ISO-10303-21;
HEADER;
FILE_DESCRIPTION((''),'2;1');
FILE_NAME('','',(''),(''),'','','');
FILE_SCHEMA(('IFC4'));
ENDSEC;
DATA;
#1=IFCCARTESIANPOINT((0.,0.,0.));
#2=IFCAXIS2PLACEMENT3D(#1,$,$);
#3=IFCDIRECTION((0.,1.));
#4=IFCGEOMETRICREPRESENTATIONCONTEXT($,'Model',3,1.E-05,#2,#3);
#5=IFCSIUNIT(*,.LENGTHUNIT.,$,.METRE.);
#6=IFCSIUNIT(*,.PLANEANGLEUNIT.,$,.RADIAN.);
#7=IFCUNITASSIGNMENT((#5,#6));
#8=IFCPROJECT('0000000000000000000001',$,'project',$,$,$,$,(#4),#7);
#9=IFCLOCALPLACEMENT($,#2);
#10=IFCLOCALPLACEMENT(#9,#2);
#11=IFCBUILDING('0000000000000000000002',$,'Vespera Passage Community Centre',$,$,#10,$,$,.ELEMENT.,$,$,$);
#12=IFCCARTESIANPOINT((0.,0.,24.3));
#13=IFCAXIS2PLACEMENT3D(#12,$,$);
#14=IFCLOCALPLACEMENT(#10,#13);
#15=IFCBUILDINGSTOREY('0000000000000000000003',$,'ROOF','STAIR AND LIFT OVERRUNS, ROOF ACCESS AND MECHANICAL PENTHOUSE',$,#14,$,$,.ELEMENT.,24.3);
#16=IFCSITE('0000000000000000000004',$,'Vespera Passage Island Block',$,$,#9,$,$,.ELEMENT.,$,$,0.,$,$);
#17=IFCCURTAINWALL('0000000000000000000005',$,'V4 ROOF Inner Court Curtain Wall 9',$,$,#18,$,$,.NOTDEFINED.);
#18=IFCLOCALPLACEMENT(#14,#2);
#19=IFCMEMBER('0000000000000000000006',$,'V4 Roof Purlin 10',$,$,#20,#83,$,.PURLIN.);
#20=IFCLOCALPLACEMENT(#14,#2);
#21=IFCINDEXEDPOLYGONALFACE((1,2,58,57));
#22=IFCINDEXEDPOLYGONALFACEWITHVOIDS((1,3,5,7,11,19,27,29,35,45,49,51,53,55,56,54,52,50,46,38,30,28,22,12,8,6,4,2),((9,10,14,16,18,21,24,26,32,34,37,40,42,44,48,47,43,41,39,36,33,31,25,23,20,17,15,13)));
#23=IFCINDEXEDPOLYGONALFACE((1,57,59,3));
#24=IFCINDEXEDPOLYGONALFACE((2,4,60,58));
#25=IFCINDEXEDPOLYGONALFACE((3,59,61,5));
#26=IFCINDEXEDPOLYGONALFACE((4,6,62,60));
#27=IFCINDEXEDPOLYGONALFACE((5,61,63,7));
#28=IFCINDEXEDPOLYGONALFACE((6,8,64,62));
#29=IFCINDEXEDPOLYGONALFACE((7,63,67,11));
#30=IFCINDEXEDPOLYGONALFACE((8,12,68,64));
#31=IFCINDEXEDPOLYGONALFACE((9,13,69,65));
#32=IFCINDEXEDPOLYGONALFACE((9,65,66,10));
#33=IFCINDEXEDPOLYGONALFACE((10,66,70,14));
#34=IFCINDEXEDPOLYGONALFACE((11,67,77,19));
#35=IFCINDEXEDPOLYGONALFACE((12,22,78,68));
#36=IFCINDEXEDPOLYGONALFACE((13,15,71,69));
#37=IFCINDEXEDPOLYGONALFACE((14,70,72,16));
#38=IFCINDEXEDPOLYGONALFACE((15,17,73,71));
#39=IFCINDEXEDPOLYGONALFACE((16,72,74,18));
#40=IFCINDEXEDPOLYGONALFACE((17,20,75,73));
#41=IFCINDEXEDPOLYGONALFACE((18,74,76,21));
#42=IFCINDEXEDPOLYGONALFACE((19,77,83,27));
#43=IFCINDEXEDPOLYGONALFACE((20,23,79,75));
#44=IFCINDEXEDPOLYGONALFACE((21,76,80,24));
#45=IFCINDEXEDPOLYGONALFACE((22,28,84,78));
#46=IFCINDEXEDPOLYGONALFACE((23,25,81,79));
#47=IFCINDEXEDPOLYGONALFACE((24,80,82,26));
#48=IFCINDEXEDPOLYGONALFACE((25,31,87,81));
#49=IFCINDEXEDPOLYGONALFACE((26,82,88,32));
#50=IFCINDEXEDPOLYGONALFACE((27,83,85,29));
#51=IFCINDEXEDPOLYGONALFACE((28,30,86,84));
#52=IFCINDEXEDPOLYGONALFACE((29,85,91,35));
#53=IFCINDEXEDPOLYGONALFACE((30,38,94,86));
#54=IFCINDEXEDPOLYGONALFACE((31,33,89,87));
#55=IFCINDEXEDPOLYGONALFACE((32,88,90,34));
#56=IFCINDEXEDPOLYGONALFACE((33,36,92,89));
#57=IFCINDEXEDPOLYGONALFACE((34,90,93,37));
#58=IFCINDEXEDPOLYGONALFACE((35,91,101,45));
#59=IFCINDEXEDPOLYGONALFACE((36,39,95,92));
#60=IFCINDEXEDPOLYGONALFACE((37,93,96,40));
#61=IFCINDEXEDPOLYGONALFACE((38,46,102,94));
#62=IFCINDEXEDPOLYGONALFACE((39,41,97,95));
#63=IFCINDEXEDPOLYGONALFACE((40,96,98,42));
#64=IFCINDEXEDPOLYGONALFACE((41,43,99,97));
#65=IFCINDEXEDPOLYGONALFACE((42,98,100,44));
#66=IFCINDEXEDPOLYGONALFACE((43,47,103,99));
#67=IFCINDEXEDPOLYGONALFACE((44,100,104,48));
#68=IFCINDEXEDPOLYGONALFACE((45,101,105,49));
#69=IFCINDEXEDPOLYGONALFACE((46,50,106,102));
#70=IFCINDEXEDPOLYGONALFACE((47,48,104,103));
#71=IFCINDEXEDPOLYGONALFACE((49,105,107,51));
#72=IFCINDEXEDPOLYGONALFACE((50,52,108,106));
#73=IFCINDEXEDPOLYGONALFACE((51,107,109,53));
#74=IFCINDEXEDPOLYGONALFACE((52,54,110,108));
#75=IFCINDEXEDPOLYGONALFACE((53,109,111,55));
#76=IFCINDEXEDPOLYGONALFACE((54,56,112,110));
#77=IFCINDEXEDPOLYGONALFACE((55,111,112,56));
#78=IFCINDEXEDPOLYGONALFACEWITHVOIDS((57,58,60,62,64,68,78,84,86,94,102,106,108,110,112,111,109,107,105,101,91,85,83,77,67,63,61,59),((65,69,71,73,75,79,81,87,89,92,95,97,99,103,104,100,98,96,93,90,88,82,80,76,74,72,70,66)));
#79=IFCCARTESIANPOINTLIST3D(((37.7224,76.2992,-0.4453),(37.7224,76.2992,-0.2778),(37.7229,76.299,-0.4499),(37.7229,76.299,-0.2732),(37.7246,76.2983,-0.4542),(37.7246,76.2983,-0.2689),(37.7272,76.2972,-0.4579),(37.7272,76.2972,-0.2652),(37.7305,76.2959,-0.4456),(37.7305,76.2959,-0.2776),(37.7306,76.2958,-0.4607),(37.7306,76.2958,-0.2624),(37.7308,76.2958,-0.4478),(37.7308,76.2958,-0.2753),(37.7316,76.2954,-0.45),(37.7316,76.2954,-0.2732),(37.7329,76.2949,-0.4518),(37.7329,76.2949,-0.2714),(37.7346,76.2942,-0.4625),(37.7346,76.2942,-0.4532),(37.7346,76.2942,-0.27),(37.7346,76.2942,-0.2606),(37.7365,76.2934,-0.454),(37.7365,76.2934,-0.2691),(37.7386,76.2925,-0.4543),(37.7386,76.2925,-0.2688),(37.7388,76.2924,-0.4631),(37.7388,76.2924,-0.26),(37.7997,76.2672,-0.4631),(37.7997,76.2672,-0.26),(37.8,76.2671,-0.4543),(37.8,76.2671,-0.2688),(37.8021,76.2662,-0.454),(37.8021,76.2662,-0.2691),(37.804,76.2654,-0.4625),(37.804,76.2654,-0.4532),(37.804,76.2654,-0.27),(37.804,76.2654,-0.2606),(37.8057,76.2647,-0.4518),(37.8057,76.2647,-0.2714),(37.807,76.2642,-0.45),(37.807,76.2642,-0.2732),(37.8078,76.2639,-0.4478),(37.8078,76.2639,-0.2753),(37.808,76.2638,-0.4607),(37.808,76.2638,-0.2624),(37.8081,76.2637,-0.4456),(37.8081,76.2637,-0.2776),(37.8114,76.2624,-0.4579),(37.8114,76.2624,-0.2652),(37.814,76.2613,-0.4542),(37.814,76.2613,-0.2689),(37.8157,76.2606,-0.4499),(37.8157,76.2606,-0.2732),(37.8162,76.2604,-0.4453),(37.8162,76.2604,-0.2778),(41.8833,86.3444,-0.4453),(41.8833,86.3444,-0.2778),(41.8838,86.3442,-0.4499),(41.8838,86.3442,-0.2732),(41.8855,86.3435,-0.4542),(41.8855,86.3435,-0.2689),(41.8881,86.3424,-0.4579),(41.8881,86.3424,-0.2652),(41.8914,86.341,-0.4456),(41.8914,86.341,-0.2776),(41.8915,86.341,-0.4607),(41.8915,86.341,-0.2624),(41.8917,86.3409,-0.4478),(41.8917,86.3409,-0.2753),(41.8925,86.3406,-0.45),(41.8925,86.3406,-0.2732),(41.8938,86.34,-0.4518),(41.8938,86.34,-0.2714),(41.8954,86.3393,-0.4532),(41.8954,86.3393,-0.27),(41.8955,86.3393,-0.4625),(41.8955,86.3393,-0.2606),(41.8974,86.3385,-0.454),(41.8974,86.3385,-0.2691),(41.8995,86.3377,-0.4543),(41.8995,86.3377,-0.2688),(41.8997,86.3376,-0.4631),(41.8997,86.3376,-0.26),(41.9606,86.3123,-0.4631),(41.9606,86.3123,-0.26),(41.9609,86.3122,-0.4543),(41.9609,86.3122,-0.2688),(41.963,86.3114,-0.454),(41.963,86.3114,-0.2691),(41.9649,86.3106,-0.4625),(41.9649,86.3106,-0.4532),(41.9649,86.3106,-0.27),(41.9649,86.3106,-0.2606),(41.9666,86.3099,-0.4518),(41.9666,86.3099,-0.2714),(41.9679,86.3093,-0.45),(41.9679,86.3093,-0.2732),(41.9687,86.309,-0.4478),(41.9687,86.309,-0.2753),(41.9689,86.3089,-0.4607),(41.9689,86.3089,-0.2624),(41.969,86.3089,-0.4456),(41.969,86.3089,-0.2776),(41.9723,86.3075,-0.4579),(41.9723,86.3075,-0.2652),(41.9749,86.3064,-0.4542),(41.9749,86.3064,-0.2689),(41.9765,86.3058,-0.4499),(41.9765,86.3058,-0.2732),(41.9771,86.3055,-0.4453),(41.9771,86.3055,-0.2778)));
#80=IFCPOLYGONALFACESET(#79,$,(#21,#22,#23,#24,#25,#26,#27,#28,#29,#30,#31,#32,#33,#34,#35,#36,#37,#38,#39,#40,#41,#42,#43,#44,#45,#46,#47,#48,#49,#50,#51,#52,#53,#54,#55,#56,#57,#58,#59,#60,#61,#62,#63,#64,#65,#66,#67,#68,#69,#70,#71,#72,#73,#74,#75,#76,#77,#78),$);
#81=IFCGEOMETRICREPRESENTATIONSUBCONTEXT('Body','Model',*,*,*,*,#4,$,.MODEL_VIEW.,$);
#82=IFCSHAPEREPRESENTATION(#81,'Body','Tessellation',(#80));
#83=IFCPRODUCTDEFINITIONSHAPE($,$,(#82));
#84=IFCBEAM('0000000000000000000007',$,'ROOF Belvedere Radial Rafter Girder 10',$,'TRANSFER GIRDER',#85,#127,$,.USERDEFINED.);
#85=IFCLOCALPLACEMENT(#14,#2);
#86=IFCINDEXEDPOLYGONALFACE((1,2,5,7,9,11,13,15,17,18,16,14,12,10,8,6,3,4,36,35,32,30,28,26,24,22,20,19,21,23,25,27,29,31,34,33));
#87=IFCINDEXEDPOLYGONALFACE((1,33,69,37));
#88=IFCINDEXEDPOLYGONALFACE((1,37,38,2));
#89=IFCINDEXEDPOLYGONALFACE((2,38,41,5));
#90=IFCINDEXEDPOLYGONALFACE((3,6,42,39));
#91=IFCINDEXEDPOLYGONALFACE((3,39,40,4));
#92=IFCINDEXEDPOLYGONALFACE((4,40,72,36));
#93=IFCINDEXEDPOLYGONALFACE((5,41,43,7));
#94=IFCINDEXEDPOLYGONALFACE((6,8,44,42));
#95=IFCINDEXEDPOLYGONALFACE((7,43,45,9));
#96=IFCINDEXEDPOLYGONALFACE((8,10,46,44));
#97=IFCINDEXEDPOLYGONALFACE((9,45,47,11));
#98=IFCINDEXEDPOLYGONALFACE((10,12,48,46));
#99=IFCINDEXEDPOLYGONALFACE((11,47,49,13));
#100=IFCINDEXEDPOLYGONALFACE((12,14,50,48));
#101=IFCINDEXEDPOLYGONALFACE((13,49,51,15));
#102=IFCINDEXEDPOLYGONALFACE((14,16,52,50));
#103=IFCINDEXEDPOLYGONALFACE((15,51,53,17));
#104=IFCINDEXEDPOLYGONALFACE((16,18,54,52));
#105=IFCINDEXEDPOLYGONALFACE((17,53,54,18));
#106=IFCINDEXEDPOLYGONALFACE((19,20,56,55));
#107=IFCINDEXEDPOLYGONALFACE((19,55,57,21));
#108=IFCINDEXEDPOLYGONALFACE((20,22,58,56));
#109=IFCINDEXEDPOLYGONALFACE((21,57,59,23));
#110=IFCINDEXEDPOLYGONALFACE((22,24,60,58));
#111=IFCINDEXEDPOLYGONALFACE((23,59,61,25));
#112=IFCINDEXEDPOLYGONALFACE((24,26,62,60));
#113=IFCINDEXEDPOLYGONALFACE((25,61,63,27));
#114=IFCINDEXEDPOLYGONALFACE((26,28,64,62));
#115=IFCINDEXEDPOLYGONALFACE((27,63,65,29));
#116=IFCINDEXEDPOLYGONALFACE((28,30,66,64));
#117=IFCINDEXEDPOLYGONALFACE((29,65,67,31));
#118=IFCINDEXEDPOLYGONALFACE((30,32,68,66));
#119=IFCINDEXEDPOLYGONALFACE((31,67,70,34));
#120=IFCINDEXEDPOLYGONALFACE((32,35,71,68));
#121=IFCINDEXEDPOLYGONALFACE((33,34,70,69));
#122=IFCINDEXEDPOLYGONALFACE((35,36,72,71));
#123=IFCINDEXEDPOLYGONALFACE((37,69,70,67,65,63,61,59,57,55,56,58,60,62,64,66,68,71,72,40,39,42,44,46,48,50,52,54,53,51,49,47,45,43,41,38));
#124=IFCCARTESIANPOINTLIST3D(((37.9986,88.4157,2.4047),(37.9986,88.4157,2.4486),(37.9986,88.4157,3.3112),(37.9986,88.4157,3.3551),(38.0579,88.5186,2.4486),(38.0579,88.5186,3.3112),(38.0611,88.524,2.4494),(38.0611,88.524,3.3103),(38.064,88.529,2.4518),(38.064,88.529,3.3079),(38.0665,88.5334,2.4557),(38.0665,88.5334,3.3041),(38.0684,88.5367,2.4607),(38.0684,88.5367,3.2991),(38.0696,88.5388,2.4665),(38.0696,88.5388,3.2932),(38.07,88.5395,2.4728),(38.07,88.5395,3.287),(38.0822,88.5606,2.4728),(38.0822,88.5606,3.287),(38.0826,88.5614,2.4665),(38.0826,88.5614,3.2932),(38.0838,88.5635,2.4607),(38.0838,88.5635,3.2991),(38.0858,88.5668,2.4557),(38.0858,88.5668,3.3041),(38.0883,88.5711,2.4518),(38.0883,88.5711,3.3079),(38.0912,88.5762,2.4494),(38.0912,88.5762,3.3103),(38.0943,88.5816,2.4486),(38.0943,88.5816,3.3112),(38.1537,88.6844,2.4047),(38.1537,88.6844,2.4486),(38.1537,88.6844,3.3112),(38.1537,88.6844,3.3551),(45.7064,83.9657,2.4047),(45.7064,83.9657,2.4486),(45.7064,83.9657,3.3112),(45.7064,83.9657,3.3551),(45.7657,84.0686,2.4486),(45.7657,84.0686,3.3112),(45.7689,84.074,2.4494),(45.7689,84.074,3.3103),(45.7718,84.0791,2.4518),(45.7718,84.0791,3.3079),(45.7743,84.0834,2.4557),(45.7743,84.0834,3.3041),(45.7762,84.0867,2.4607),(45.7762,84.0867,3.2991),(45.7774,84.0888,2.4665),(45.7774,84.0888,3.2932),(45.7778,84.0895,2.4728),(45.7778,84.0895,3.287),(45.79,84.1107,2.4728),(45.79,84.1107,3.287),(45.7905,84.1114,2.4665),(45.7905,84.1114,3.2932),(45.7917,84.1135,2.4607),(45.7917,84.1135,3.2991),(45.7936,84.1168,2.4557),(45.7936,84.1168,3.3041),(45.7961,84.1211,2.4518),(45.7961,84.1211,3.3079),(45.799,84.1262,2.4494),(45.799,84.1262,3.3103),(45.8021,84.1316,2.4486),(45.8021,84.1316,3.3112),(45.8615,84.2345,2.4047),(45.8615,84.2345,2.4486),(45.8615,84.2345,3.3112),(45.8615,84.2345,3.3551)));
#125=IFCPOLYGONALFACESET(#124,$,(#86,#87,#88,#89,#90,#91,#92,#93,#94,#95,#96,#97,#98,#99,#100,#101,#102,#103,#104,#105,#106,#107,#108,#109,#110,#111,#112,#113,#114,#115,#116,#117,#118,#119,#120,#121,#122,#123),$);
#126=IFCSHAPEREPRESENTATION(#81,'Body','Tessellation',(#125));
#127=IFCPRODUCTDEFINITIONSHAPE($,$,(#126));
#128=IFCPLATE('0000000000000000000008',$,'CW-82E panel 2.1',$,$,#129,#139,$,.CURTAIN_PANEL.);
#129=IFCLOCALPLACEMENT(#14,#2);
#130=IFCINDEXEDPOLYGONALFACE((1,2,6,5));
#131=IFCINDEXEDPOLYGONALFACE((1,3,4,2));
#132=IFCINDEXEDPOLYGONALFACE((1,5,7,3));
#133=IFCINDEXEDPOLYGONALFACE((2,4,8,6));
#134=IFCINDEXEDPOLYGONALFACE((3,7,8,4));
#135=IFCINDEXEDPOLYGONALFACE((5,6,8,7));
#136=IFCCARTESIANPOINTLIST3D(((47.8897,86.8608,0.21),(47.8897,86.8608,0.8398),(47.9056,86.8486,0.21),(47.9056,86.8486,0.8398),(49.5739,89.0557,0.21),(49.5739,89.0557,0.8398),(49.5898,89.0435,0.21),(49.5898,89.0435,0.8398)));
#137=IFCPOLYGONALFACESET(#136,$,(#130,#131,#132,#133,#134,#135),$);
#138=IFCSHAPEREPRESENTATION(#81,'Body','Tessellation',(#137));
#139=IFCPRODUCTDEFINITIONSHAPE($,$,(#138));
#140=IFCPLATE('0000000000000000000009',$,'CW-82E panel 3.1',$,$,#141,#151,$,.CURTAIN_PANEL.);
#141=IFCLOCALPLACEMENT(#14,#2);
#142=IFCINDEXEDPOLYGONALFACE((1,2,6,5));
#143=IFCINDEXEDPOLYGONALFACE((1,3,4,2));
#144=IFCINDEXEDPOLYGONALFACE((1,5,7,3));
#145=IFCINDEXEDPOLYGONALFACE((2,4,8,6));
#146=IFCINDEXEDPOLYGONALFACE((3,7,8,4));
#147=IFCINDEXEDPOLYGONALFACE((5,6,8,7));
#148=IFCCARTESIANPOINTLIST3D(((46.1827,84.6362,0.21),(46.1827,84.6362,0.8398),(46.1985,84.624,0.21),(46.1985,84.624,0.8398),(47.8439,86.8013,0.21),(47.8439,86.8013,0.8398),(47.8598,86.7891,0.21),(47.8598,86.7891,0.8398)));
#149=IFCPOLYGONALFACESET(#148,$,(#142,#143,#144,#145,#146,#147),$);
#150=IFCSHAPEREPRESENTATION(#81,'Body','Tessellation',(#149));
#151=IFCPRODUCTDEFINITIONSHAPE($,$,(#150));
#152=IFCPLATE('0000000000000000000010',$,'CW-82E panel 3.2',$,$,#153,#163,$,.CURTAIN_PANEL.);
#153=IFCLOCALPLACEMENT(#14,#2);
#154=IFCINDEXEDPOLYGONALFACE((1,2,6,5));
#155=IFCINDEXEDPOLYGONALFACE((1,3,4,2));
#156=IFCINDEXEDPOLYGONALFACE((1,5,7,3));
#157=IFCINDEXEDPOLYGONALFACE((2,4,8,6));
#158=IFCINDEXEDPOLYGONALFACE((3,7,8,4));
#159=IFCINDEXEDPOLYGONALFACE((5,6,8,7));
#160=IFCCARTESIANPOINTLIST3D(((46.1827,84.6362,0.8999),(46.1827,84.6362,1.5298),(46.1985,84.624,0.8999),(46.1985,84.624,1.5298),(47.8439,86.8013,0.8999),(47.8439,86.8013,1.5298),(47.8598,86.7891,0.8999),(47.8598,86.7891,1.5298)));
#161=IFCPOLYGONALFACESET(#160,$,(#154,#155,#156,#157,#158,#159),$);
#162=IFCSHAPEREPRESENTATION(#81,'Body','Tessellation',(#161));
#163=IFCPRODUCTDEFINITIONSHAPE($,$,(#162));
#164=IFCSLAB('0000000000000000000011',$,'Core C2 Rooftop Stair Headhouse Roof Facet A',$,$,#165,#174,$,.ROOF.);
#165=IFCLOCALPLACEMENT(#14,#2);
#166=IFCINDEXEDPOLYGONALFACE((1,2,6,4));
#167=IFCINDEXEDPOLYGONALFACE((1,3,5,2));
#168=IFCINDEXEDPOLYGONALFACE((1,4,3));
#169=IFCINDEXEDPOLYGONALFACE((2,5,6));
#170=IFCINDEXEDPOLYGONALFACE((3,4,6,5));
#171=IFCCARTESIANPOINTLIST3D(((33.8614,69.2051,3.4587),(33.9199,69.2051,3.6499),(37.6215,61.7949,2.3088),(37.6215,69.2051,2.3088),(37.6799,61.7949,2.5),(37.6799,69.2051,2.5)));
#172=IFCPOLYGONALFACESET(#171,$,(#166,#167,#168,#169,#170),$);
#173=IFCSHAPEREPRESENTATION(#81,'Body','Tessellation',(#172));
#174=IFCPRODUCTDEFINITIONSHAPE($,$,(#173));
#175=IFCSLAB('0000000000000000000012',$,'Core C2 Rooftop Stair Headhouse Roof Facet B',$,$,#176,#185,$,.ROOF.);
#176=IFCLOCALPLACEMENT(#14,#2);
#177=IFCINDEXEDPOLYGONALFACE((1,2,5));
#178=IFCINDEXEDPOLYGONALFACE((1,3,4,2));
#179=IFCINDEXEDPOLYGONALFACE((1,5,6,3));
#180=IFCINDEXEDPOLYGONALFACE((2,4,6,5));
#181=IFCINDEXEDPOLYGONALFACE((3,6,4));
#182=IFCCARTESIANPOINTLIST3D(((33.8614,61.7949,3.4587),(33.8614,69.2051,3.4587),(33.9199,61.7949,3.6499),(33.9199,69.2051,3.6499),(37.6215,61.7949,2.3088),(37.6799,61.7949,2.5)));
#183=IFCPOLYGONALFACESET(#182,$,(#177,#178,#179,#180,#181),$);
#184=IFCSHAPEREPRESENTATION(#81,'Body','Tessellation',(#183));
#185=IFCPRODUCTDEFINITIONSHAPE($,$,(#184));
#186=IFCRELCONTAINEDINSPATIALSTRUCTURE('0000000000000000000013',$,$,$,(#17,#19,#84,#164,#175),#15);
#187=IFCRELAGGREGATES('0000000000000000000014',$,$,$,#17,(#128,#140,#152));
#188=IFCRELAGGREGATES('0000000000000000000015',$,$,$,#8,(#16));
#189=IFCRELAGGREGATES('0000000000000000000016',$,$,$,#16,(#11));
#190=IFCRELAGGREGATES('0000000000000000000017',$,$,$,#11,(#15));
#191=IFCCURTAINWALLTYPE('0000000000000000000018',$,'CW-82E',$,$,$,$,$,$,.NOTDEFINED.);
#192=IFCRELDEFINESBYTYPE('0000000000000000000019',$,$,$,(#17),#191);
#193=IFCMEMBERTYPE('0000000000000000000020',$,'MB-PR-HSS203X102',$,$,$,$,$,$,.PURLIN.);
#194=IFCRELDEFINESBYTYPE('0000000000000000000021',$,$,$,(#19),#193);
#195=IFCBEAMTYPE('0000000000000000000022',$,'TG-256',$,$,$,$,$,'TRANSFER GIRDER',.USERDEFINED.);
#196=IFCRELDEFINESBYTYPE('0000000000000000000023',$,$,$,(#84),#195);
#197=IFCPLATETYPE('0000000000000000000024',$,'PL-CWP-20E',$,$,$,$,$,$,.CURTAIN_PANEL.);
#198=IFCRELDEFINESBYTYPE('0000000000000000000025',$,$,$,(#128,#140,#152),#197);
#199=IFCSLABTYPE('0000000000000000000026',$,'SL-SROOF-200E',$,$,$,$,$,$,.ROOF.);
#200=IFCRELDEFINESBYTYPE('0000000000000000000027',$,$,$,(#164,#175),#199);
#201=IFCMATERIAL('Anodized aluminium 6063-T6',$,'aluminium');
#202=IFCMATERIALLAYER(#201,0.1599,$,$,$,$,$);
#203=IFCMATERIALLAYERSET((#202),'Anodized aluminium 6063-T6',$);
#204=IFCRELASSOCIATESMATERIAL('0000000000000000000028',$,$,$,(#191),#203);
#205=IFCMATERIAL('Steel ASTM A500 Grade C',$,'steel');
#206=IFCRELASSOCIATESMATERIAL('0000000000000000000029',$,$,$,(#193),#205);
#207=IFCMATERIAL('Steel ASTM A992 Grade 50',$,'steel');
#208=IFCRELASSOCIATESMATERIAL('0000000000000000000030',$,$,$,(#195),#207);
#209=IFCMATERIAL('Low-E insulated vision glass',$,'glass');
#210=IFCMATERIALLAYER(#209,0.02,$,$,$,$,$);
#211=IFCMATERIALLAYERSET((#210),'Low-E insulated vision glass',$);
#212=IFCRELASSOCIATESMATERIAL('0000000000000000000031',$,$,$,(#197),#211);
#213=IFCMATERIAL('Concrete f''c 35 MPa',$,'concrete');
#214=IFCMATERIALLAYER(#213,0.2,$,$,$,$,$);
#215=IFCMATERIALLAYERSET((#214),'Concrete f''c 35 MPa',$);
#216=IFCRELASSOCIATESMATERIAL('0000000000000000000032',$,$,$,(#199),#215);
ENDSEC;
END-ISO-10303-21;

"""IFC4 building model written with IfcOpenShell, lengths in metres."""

from ifc_helpers import new_model, si_unit, direction, frame, origin, origin_2d, place, context, subcontext, project, spatial, polyline, rectangle, hollow_rectangle, i_section, outline, extrude, material, layer, layer_set, material_profile, profile_set, type_object, element, aggregate, save


model = new_model("IFC4")

# Units and contexts
model_context = context("Model", 3, precision=1e-05, world=origin(), true_north=direction((0.0, 1.0)))
body_context = subcontext(model_context, "Body", "Model", "MODEL_VIEW")
ifc_project = project(units=[si_unit("LENGTHUNIT", "METRE"), si_unit("PLANEANGLEUNIT", "RADIAN")], contexts=[model_context])

# Site, building, storey
site_placement = place(None, origin())
site = spatial("IfcSite", under=ifc_project, at=site_placement, Name="Vespera Passage Island Block", CompositionType="ELEMENT", RefElevation=0.0)
building_placement = place(site_placement, origin())
building = spatial("IfcBuilding", under=site, at=building_placement, Name="Vespera Passage Community Centre", CompositionType="ELEMENT")
storey_placement = place(building_placement, frame((0.0, 0.0, 24.3)))
storey = spatial("IfcBuildingStorey", under=building, at=storey_placement, Name="ROOF", Description="STAIR AND LIFT OVERRUNS, ROOF ACCESS AND MECHANICAL PENTHOUSE", CompositionType="ELEMENT", Elevation=24.3)

# Curtain wall
ifc_material_1 = material(Name="Anodized aluminium 6063-T6", Category="aluminium")
ifc_layer_1 = layer(ifc_material_1, 0.1599)
ifc_layer_set_1 = layer_set([ifc_layer_1], Name="Anodized aluminium 6063-T6")
curtain_wall_type = type_object("IfcCurtainWallType", Name="CW-82E", PredefinedType="NOTDEFINED", material=ifc_layer_set_1)
curtain_wall_placement = place(storey_placement, origin())
curtain_wall = element("IfcCurtainWall", 1, at=curtain_wall_placement, inside=storey, type_object=curtain_wall_type, Name="V4 ROOF Inner Court Curtain Wall 9", PredefinedType="NOTDEFINED")

# Member
ifc_material_2 = material(Name="Steel ASTM A500 Grade C", Category="steel")
ifc_material_profile_1 = material_profile(ifc_material_2, hollow_rectangle(XDim=0.1016, YDim=0.2031, WallThickness=0.0088, InnerFilletRadius=0.0088, OuterFilletRadius=0.0178, at=origin_2d()), Name="HSS203X102X9.5")
ifc_profile_set_1 = profile_set([ifc_material_profile_1], Name="Steel ASTM A500 Grade C")
member_type_1 = type_object("IfcMemberType", Name="MB-PR-HSS203X102", PredefinedType="PURLIN", material=ifc_profile_set_1)
member_1_placement = place(storey_placement, frame((41.9302, 86.325, -0.3616), z_axis=(-0.382687, -0.923878, 0.0), x_axis=(0.923878, -0.382687, 0.0)))
element("IfcMember", 2, at=member_1_placement, inside=storey, type_object=member_type_1, Name="V4 Roof Purlin 10", PredefinedType="PURLIN", context=body_context, shape_type="SweptSolid", body=[
    extrude(hollow_rectangle(XDim=0.1016, YDim=0.2031, WallThickness=0.0088, InnerFilletRadius=0.0088, OuterFilletRadius=0.0178, at=origin_2d()), origin(), (0.0, 0.0, 1.0), 10.8728),
])

# Beam
ifc_material_3 = material(Name="Steel ASTM A992 Grade 50", Category="steel")
ifc_material_profile_2 = material_profile(ifc_material_3, i_section(OverallWidth=0.3103, OverallDepth=0.9504, WebThickness=0.0244, FlangeThickness=0.0439, FilletRadius=0.0242, at=origin_2d()), Name="W36X256")
ifc_profile_set_2 = profile_set([ifc_material_profile_2], Name="Steel ASTM A992 Grade 50")
beam_type_1 = type_object("IfcBeamType", Name="TG-256", ElementType="TRANSFER GIRDER", PredefinedType="USERDEFINED", material=ifc_profile_set_2)
beam_1_placement = place(storey_placement, frame((45.7839, 84.1001, 2.8799), z_axis=(-0.866032, 0.499989, 0.0), x_axis=(-0.499989, -0.866032, 0.0)))
element("IfcBeam", 3, at=beam_1_placement, inside=storey, type_object=beam_type_1, Name="ROOF Belvedere Radial Rafter Girder 10", ObjectType="TRANSFER GIRDER", PredefinedType="USERDEFINED", context=body_context, shape_type="SweptSolid", body=[
    extrude(i_section(OverallWidth=0.3103, OverallDepth=0.9504, WebThickness=0.0244, FlangeThickness=0.0439, FilletRadius=0.0242, at=origin_2d()), origin(), (0.0, 0.0, 1.0), 8.9001),
])

# Plates
ifc_material_4 = material(Name="Low-E insulated vision glass", Category="glass")
ifc_layer_2 = layer(ifc_material_4, 0.02)
ifc_layer_set_2 = layer_set([ifc_layer_2], Name="Low-E insulated vision glass")
plate_type = type_object("IfcPlateType", Name="PL-CWP-20E", PredefinedType="CURTAIN_PANEL", material=ifc_layer_set_2)
plate_1_placement = place(storey_placement, frame((48.7397, 87.9521, 0.21), z_axis=(0.0, 0.0, 1.0), x_axis=(-0.608755, -0.793358, 0.0)))
plate_1 = element("IfcPlate", 4, at=plate_1_placement, type_object=plate_type, Name="CW-82E panel 2.1", PredefinedType="CURTAIN_PANEL", context=body_context, shape_type="SweptSolid", body=[
    extrude(rectangle(XDim=2.7666, YDim=0.02, at=origin_2d()), origin(), (0.0, 0.0, 1.0), 0.6299),
])
plate_2_placement = place(storey_placement, frame((47.0212, 85.7126, 0.21), z_axis=(0.0, 0.0, 1.0), x_axis=(-0.608755, -0.793358, 0.0)))
plate_2 = element("IfcPlate", 5, at=plate_2_placement, type_object=plate_type, Name="CW-82E panel 3.1", PredefinedType="CURTAIN_PANEL", context=body_context, shape_type="SweptSolid", body=[
    extrude(rectangle(XDim=2.729, YDim=0.02, at=origin_2d()), origin(), (0.0, 0.0, 1.0), 0.6299),
])
plate_3_placement = place(storey_placement, frame((47.0212, 85.7126, 0.8999), z_axis=(0.0, 0.0, 1.0), x_axis=(-0.608755, -0.793358, 0.0)))
plate_3 = element("IfcPlate", 6, at=plate_3_placement, type_object=plate_type, Name="CW-82E panel 3.2", PredefinedType="CURTAIN_PANEL", context=body_context, shape_type="SweptSolid", body=[
    extrude(rectangle(XDim=2.729, YDim=0.02, at=origin_2d()), origin(), (0.0, 0.0, 1.0), 0.6299),
])
aggregate(curtain_wall, [plate_1, plate_2, plate_3])

# Slabs
ifc_material_5 = material(Name="Concrete f'c 35 MPa", Category="concrete")
ifc_layer_3 = layer(ifc_material_5, 0.2)
ifc_layer_set_3 = layer_set([ifc_layer_3], Name="Concrete f'c 35 MPa")
slab_type = type_object("IfcSlabType", Name="SL-SROOF-200E", PredefinedType="ROOF", material=ifc_layer_set_3)
slab_1_placement = place(storey_placement, frame((37.6799, 61.7949, 2.5), z_axis=(0.292454, 0.0, 0.95628), x_axis=(0.0, 1.0, 0.0)))
element("IfcSlab", 7, at=slab_1_placement, inside=storey, type_object=slab_type, Name="Core C2 Rooftop Stair Headhouse Roof Facet A", PredefinedType="ROOF", context=body_context, shape_type="SweptSolid", body=[
    extrude(outline(polyline([(0.0, 0.0), (7.4102, 0.0), (7.4102, 3.9319), (0.0, 0.0)])), origin(), (0.0, 0.0, -1.0), 0.2),
])
slab_2_placement = place(storey_placement, frame((37.6799, 61.7949, 2.5), z_axis=(0.292454, 0.0, 0.95628), x_axis=(-0.448223, 0.883349, 0.137077)))
element("IfcSlab", 8, at=slab_2_placement, inside=storey, type_object=slab_type, Name="Core C2 Rooftop Stair Headhouse Roof Facet B", PredefinedType="ROOF", context=body_context, shape_type="SweptSolid", body=[
    extrude(outline(polyline([(0.0, 0.0), (8.3887, 0.0), (1.8429, 3.4733), (0.0, 0.0)])), origin(), (0.0, 0.0, -1.0), 0.2),
])

save(model, "model.ifc")
